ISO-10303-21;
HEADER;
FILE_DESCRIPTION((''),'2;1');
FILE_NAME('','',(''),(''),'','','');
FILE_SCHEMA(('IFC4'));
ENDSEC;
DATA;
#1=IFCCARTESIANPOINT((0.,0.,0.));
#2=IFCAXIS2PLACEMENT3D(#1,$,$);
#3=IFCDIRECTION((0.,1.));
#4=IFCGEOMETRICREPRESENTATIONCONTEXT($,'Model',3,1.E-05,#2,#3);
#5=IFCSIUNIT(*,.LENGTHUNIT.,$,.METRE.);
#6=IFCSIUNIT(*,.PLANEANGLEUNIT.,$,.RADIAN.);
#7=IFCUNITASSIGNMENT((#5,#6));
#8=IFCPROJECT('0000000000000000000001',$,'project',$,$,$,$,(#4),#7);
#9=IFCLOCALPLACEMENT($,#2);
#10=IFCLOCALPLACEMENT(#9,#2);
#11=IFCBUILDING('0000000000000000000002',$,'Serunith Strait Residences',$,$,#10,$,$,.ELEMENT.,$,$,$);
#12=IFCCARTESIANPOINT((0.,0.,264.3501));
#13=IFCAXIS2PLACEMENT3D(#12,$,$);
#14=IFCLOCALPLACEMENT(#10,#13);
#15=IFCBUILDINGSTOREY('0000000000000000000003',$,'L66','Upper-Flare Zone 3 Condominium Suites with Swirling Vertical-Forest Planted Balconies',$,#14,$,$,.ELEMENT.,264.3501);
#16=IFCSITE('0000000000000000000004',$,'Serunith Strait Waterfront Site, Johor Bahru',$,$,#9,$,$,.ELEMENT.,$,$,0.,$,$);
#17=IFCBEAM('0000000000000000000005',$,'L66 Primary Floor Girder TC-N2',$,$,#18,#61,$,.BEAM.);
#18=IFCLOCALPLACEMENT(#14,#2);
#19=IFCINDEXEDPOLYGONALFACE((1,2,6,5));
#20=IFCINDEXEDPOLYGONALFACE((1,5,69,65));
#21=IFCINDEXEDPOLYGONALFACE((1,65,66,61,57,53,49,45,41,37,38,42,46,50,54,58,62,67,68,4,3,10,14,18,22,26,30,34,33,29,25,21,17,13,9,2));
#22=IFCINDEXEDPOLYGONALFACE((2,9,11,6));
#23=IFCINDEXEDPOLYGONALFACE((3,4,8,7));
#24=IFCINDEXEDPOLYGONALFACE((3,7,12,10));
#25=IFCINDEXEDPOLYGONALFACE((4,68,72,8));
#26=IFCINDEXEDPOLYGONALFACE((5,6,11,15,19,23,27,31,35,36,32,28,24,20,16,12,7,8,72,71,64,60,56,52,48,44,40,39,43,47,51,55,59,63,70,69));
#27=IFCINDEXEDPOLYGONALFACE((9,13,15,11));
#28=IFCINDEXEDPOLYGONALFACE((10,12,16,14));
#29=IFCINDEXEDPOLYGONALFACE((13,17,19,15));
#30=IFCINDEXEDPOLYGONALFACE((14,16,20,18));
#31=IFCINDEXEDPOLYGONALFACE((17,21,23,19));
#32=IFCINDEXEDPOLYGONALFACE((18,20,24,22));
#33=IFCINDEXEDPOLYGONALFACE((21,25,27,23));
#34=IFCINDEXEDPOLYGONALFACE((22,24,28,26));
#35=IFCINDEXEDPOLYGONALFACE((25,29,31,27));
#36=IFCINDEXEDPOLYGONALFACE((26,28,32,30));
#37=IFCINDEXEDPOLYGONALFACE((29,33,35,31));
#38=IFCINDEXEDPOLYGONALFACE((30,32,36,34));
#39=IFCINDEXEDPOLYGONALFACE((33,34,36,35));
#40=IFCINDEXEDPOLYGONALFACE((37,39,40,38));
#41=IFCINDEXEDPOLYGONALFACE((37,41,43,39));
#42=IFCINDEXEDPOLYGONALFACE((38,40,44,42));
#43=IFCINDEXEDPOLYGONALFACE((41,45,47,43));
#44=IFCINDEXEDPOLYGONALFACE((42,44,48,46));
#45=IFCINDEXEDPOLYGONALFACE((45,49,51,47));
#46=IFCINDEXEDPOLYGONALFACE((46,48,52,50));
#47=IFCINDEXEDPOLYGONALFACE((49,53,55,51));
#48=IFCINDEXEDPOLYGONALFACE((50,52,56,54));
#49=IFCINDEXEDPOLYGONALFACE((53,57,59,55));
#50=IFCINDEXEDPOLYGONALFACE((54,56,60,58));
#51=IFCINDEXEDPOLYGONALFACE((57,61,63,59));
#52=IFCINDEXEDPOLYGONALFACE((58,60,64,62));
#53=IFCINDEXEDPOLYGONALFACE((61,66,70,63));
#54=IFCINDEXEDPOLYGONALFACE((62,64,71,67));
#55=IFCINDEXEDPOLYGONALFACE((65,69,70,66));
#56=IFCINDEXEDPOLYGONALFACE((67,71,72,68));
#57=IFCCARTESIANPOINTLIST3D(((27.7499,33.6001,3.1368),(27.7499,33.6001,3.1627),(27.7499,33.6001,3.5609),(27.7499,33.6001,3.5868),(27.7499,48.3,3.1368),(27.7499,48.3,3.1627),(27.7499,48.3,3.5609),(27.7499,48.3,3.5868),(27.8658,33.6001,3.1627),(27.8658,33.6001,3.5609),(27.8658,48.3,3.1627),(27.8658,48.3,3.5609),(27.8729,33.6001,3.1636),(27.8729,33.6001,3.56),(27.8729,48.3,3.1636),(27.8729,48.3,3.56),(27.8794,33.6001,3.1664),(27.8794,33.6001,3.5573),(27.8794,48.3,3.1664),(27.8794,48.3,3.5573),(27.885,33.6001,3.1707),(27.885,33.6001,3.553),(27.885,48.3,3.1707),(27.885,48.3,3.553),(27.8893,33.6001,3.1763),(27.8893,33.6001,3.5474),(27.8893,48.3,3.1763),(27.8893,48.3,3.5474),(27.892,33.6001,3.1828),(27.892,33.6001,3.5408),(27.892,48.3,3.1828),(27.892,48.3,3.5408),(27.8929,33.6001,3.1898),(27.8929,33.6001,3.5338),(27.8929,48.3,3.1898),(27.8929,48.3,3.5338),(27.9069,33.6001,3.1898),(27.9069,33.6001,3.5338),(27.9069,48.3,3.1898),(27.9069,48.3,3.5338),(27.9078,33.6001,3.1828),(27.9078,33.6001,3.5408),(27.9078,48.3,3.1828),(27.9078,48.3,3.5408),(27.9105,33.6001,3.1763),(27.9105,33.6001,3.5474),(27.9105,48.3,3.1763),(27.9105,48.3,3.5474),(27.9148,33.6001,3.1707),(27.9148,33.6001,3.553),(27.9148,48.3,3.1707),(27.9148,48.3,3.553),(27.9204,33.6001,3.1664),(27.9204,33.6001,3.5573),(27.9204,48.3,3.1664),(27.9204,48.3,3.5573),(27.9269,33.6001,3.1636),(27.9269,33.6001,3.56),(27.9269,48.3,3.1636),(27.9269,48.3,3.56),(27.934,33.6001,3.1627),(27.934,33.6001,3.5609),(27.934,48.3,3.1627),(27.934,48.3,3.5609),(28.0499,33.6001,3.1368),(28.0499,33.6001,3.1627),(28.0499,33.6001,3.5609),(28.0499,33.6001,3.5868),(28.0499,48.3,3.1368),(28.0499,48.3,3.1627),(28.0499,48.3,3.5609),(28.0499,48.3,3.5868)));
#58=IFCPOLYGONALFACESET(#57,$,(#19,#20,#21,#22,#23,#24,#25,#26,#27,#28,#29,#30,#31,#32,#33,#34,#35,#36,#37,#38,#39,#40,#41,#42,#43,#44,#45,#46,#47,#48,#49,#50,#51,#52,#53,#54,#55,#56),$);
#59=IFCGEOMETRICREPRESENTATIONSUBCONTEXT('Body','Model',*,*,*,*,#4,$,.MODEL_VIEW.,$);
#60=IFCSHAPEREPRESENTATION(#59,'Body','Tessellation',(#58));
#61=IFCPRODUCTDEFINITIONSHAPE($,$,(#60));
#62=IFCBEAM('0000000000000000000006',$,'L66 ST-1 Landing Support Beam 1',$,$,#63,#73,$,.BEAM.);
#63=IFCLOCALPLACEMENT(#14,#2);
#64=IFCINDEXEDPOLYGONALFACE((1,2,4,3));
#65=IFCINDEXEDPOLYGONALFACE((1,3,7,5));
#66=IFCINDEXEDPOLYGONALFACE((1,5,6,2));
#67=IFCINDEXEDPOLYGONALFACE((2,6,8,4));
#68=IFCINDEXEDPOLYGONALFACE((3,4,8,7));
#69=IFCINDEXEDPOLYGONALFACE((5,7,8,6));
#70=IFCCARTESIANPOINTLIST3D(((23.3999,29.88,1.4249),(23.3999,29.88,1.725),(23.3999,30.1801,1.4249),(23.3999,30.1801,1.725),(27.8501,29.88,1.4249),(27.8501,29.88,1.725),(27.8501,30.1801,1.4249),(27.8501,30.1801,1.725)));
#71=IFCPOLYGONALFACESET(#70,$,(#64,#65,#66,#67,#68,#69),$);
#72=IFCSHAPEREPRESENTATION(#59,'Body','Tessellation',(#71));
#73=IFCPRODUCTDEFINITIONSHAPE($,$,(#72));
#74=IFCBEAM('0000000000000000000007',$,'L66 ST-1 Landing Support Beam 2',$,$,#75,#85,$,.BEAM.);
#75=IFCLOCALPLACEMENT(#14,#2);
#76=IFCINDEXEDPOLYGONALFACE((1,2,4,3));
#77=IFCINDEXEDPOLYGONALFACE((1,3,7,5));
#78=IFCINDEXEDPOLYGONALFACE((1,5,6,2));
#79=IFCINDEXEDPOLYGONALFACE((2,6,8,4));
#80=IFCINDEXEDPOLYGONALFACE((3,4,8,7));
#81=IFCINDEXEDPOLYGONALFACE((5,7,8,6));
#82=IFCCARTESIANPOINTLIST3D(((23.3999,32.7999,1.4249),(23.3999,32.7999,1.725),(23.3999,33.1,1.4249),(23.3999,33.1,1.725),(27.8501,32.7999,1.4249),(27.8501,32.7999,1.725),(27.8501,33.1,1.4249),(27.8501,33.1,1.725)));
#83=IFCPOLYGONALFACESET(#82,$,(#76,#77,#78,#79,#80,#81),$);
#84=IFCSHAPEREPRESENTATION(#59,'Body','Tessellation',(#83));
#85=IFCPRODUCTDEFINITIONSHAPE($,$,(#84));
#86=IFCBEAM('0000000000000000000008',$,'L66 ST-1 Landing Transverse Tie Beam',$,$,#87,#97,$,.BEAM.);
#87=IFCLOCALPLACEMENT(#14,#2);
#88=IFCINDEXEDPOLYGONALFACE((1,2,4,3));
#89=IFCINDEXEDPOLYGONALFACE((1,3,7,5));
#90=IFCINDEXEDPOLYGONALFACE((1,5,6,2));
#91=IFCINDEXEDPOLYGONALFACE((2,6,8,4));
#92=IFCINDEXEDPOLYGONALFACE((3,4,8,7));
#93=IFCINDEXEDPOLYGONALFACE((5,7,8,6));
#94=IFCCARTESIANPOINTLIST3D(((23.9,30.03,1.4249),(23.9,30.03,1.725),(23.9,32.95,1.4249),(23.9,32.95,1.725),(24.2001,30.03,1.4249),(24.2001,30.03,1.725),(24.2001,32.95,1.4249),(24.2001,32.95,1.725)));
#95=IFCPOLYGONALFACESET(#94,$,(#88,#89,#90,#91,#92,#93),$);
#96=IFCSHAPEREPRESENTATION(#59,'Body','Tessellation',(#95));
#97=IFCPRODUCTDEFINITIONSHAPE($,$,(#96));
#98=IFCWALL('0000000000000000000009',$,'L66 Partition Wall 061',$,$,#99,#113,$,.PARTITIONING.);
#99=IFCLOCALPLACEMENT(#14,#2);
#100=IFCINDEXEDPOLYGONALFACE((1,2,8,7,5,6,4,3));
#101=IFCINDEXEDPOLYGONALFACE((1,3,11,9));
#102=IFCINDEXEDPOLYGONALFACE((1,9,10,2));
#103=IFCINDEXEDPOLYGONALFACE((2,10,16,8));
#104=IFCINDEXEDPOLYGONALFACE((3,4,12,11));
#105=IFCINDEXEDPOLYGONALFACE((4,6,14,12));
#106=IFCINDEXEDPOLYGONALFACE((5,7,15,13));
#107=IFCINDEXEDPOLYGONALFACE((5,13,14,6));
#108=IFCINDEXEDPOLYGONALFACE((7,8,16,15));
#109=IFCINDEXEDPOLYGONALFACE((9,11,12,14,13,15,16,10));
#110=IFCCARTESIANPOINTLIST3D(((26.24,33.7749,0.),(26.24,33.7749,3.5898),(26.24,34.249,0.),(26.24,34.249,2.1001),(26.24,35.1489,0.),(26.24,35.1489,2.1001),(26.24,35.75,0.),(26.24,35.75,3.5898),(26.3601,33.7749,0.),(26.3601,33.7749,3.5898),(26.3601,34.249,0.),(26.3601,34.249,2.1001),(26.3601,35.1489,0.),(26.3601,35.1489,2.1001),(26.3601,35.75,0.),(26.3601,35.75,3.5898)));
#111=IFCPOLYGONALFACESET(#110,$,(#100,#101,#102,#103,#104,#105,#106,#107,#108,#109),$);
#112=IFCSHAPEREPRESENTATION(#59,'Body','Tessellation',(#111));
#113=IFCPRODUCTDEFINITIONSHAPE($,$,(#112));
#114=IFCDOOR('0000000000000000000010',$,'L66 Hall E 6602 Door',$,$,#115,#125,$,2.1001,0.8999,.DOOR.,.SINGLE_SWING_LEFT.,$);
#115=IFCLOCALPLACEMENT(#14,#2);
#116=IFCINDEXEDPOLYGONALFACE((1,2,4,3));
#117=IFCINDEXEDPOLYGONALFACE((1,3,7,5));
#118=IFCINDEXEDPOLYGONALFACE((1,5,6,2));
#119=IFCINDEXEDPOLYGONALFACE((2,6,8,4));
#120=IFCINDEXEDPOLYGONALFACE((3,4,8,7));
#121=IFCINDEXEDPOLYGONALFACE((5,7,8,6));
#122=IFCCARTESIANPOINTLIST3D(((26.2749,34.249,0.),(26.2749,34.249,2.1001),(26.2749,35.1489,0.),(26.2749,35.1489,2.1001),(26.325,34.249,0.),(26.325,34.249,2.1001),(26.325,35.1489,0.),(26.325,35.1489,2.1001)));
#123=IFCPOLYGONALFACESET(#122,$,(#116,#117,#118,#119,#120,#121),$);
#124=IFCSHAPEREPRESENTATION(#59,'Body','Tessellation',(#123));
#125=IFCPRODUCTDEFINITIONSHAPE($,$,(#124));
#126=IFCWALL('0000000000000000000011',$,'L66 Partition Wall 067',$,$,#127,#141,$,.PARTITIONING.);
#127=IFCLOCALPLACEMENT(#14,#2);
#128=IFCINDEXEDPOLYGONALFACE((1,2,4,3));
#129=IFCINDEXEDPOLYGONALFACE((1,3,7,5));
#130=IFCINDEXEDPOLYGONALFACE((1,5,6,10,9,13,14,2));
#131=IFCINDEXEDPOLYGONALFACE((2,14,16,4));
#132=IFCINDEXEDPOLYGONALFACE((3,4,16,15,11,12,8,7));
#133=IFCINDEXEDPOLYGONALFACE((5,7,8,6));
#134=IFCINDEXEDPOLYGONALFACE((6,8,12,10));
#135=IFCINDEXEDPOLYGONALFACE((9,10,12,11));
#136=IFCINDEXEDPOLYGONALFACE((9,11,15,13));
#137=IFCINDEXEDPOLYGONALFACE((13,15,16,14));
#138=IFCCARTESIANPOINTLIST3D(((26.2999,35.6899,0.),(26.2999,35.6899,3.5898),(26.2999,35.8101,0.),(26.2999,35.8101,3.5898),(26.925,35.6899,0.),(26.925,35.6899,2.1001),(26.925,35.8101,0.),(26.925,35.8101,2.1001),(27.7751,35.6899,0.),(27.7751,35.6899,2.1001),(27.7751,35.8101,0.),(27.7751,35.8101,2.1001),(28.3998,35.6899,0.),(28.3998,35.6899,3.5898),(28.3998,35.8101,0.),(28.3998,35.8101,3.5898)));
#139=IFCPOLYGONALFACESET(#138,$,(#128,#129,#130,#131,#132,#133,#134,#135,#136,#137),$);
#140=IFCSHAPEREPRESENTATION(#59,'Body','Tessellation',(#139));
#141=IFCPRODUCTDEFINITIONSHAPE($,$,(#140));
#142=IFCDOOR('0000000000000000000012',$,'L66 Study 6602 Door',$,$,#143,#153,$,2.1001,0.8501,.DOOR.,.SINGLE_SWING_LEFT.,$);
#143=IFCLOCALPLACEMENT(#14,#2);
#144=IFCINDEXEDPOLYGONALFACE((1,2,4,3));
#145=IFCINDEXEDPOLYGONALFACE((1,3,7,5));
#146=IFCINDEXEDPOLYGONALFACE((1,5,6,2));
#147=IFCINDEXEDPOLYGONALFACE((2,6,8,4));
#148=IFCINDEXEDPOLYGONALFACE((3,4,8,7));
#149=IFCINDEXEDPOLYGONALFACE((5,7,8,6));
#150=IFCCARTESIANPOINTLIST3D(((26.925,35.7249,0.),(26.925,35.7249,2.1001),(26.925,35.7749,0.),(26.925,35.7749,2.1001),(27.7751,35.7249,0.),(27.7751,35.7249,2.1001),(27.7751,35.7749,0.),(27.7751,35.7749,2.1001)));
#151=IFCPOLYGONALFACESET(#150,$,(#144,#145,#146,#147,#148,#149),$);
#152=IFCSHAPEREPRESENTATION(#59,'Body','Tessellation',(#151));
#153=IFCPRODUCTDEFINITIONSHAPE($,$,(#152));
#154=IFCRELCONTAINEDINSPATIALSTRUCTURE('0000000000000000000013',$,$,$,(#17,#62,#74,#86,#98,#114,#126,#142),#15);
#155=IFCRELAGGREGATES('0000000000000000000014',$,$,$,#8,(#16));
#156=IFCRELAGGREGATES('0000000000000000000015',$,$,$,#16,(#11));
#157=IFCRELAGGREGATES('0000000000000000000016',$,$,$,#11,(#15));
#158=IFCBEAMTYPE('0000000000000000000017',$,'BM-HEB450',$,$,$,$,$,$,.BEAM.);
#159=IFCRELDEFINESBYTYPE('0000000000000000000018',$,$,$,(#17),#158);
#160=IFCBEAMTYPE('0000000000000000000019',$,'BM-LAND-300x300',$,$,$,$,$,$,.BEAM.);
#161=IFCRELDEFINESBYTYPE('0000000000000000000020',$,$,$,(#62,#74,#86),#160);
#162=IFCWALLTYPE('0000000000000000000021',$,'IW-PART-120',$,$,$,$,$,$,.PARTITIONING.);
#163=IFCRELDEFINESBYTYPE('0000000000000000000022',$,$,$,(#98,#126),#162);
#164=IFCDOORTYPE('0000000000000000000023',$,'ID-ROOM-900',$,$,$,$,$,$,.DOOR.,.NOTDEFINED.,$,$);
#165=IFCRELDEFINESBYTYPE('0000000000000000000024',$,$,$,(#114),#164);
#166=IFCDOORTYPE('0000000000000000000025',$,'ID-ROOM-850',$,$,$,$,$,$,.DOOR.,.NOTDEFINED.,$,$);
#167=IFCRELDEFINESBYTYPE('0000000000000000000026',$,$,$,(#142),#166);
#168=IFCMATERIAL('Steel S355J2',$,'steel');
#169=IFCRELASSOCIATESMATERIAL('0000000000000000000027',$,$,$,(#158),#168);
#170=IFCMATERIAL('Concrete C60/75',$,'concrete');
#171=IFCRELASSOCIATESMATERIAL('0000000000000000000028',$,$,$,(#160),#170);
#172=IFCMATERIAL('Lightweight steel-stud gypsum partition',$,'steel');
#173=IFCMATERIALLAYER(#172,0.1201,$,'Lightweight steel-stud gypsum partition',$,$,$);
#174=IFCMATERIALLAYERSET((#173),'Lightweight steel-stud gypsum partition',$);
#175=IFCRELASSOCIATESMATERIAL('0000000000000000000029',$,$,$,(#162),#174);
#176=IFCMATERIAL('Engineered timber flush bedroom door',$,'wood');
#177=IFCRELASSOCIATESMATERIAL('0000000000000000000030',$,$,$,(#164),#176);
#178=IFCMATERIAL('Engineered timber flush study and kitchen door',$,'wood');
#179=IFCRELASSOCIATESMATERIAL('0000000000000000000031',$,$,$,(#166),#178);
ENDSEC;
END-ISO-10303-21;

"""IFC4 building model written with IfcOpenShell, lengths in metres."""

from ifc_helpers import new_model, si_unit, direction, frame, frame_2d, origin, origin_2d, place, context, subcontext, project, spatial, rectangle, i_section, extrude, source, transform, mapped, material, layer, layer_set, material_profile, profile_set, type_object, element, fill, save


model = new_model("IFC4")

# Units and contexts
model_context = context("Model", 3, precision=1e-05, world=origin(), true_north=direction((0.0, 1.0)))
body_context = subcontext(model_context, "Body", "Model", "MODEL_VIEW")
ifc_project = project(units=[si_unit("LENGTHUNIT", "METRE"), si_unit("PLANEANGLEUNIT", "RADIAN")], contexts=[model_context])

# Site, building, storey
site_placement = place(None, origin())
site = spatial("IfcSite", under=ifc_project, at=site_placement, Name="Serunith Strait Waterfront Site, Johor Bahru", CompositionType="ELEMENT", RefElevation=0.0)
building_placement = place(site_placement, origin())
building = spatial("IfcBuilding", under=site, at=building_placement, Name="Serunith Strait Residences", CompositionType="ELEMENT")
storey_placement = place(building_placement, frame((0.0, 0.0, 264.3501)))
storey = spatial("IfcBuildingStorey", under=building, at=storey_placement, Name="L66", Description="Upper-Flare Zone 3 Condominium Suites with Swirling Vertical-Forest Planted Balconies", CompositionType="ELEMENT", Elevation=264.3501)

# Beams
ifc_material_1 = material(Name="Steel S355J2", Category="steel")
ifc_material_profile_1 = material_profile(ifc_material_1, i_section(OverallWidth=0.3, OverallDepth=0.45, WebThickness=0.0139, FlangeThickness=0.0259, FilletRadius=0.0271, at=origin_2d()), Name="HEB 450")
ifc_profile_set_1 = profile_set([ifc_material_profile_1], Name="Steel S355J2")
beam_type_1 = type_object("IfcBeamType", Name="BM-HEB450", PredefinedType="BEAM", material=ifc_profile_set_1)
shared_shape_1 = source(origin(), body_context, "Body", "SweptSolid", [
    extrude(i_section(OverallWidth=0.3, OverallDepth=0.45, WebThickness=0.0139, FlangeThickness=0.0259, FilletRadius=0.0271, at=origin_2d()), origin(), (0.0, 0.0, 1.0), 14.7),
])
beam_1_placement = place(storey_placement, frame((27.8999, 33.6001, 3.3618), z_axis=(0.0, 1.0, 0.0), x_axis=(-1.0, 0.0, 0.0)))
element("IfcBeam", 1, at=beam_1_placement, inside=storey, type_object=beam_type_1, Name="L66 Primary Floor Girder TC-N2", PredefinedType="BEAM", context=body_context, shape_type="MappedRepresentation", body=[
    mapped(shared_shape_1, transform((0.0, 0.0, 0.0), scale=1.0)),
])
ifc_material_2 = material(Name="Concrete C60/75", Category="concrete")
ifc_material_profile_2 = material_profile(ifc_material_2, rectangle(XDim=0.3, YDim=0.3, at=origin_2d()), Name="RC 300x300")
ifc_profile_set_2 = profile_set([ifc_material_profile_2], Name="Concrete C60/75")
beam_type_2 = type_object("IfcBeamType", Name="BM-LAND-300x300", PredefinedType="BEAM", material=ifc_profile_set_2)
shared_shape_2 = source(origin(), body_context, "Body", "SweptSolid", [
    extrude(rectangle(XDim=0.3, YDim=0.3, at=origin_2d()), origin(), (0.0, 0.0, 1.0), 4.4502),
])
for number, where, z_axis, x_axis, name in (
    (2, (23.3999, 30.03, 1.575), (1.0, 0.0, 0.0), (0.0, 1.0, 0.0), "L66 ST-1 Landing Support Beam 1"),
    (3, (23.3999, 32.95, 1.575), (1.0, 0.0, 0.0), (0.0, 1.0, 0.0), "L66 ST-1 Landing Support Beam 2"),
):
    element("IfcBeam", number, at=place(storey_placement, frame(where, z_axis=z_axis, x_axis=x_axis)), inside=storey, type_object=beam_type_2, Name=name, PredefinedType="BEAM", context=body_context, shape_type="MappedRepresentation", body=[
        mapped(shared_shape_2, transform((0.0, 0.0, 0.0), scale=1.0)),
    ])
shared_shape_3 = source(origin(), body_context, "Body", "SweptSolid", [
    extrude(rectangle(XDim=0.3, YDim=0.3, at=origin_2d()), origin(), (0.0, 0.0, 1.0), 2.9199),
])
beam_2_placement = place(storey_placement, frame((24.05, 30.03, 1.575), z_axis=(0.0, 1.0, 0.0), x_axis=(-1.0, 0.0, 0.0)))
element("IfcBeam", 4, at=beam_2_placement, inside=storey, type_object=beam_type_2, Name="L66 ST-1 Landing Transverse Tie Beam", PredefinedType="BEAM", context=body_context, shape_type="MappedRepresentation", body=[
    mapped(shared_shape_3, transform((0.0, 0.0, 0.0), scale=1.0)),
])

# Walls, openings, doors
ifc_material_3 = material(Name="Lightweight steel-stud gypsum partition", Category="steel")
ifc_layer_1 = layer(ifc_material_3, 0.1201, Name="Lightweight steel-stud gypsum partition")
ifc_layer_set_1 = layer_set([ifc_layer_1], Name="Lightweight steel-stud gypsum partition")
wall_type_1 = type_object("IfcWallType", Name="IW-PART-120", PredefinedType="PARTITIONING", material=ifc_layer_set_1)
wall_1_placement = place(storey_placement, frame((26.3, 35.75, 0.0), z_axis=(0.0, 0.0, 1.0), x_axis=(0.0, -1.0, 0.0)))
wall_1 = element("IfcWall", 5, at=wall_1_placement, inside=storey, type_object=wall_type_1, Name="L66 Partition Wall 061", PredefinedType="PARTITIONING", context=body_context, shape_type="SweptSolid", body=[
    extrude(rectangle(XDim=1.9751, YDim=0.1201, at=frame_2d((0.9875, 0.0))), origin(), (0.0, 0.0, 1.0), 3.5898),
])
opening_1_placement = place(wall_1_placement, frame((0.6011, 0.0, 0.0)))
opening_1 = element("IfcOpeningElement", 6, at=opening_1_placement, cuts=wall_1, PredefinedType="OPENING", context=body_context, shape_type="SweptSolid", body=[
    extrude(rectangle(XDim=0.8999, YDim=2.1001, at=frame_2d((0.45, 1.05))), frame((0.0, 0.0701, 0.0), z_axis=(0.0, -1.0, 0.0), x_axis=(1.0, 0.0, 0.0)), (0.0, 0.0, 1.0), 0.1401),
])
ifc_material_4 = material(Name="Engineered timber flush bedroom door", Category="wood")
door_type_1 = type_object("IfcDoorType", Name="ID-ROOM-900", OperationType="NOTDEFINED", PredefinedType="DOOR", material=ifc_material_4)
shared_shape_4 = source(origin(), body_context, "Body", "SweptSolid", [
    extrude(rectangle(XDim=0.8999, YDim=2.1001, at=frame_2d((0.45, 1.05))), frame((0.0, 0.0249, 0.0), z_axis=(0.0, -1.0, 0.0), x_axis=(1.0, 0.0, 0.0)), (0.0, 0.0, 1.0), 0.05),
])
door_1_placement = place(opening_1_placement, origin())
door_1 = element("IfcDoor", 7, at=door_1_placement, inside=storey, type_object=door_type_1, Name="L66 Hall E 6602 Door", OperationType="SINGLE_SWING_LEFT", OverallHeight=2.1001, OverallWidth=0.8999, PredefinedType="DOOR", context=body_context, shape_type="MappedRepresentation", body=[
    mapped(shared_shape_4, transform((0.0, 0.0, 0.0), scale=1.0)),
])
fill(opening_1, door_1)
wall_2_placement = place(storey_placement, frame((26.3, 35.75, 0.0), z_axis=(0.0, 0.0, 1.0), x_axis=(1.0, 0.0, 0.0)))
wall_2 = element("IfcWall", 8, at=wall_2_placement, inside=storey, type_object=wall_type_1, Name="L66 Partition Wall 067", PredefinedType="PARTITIONING", context=body_context, shape_type="SweptSolid", body=[
    extrude(rectangle(XDim=2.0999, YDim=0.1201, at=frame_2d((1.0498, 0.0))), origin(), (0.0, 0.0, 1.0), 3.5898),
])
opening_2_placement = place(wall_2_placement, frame((0.625, 0.0, 0.0)))
opening_2 = element("IfcOpeningElement", 9, at=opening_2_placement, cuts=wall_2, PredefinedType="OPENING", context=body_context, shape_type="SweptSolid", body=[
    extrude(rectangle(XDim=0.8501, YDim=2.1001, at=frame_2d((0.425, 1.05))), frame((0.0, 0.0701, 0.0), z_axis=(0.0, -1.0, 0.0), x_axis=(1.0, 0.0, 0.0)), (0.0, 0.0, 1.0), 0.1401),
])
ifc_material_5 = material(Name="Engineered timber flush study and kitchen door", Category="wood")
door_type_2 = type_object("IfcDoorType", Name="ID-ROOM-850", OperationType="NOTDEFINED", PredefinedType="DOOR", material=ifc_material_5)
shared_shape_5 = source(origin(), body_context, "Body", "SweptSolid", [
    extrude(rectangle(XDim=0.8501, YDim=2.1001, at=frame_2d((0.425, 1.05))), frame((0.0, 0.0249, 0.0), z_axis=(0.0, -1.0, 0.0), x_axis=(1.0, 0.0, 0.0)), (0.0, 0.0, 1.0), 0.05),
])
door_2_placement = place(opening_2_placement, origin())
door_2 = element("IfcDoor", 10, at=door_2_placement, inside=storey, type_object=door_type_2, Name="L66 Study 6602 Door", OperationType="SINGLE_SWING_LEFT", OverallHeight=2.1001, OverallWidth=0.8501, PredefinedType="DOOR", context=body_context, shape_type="MappedRepresentation", body=[
    mapped(shared_shape_5, transform((0.0, 0.0, 0.0), scale=1.0)),
])
fill(opening_2, door_2)

save(model, "model.ifc")
